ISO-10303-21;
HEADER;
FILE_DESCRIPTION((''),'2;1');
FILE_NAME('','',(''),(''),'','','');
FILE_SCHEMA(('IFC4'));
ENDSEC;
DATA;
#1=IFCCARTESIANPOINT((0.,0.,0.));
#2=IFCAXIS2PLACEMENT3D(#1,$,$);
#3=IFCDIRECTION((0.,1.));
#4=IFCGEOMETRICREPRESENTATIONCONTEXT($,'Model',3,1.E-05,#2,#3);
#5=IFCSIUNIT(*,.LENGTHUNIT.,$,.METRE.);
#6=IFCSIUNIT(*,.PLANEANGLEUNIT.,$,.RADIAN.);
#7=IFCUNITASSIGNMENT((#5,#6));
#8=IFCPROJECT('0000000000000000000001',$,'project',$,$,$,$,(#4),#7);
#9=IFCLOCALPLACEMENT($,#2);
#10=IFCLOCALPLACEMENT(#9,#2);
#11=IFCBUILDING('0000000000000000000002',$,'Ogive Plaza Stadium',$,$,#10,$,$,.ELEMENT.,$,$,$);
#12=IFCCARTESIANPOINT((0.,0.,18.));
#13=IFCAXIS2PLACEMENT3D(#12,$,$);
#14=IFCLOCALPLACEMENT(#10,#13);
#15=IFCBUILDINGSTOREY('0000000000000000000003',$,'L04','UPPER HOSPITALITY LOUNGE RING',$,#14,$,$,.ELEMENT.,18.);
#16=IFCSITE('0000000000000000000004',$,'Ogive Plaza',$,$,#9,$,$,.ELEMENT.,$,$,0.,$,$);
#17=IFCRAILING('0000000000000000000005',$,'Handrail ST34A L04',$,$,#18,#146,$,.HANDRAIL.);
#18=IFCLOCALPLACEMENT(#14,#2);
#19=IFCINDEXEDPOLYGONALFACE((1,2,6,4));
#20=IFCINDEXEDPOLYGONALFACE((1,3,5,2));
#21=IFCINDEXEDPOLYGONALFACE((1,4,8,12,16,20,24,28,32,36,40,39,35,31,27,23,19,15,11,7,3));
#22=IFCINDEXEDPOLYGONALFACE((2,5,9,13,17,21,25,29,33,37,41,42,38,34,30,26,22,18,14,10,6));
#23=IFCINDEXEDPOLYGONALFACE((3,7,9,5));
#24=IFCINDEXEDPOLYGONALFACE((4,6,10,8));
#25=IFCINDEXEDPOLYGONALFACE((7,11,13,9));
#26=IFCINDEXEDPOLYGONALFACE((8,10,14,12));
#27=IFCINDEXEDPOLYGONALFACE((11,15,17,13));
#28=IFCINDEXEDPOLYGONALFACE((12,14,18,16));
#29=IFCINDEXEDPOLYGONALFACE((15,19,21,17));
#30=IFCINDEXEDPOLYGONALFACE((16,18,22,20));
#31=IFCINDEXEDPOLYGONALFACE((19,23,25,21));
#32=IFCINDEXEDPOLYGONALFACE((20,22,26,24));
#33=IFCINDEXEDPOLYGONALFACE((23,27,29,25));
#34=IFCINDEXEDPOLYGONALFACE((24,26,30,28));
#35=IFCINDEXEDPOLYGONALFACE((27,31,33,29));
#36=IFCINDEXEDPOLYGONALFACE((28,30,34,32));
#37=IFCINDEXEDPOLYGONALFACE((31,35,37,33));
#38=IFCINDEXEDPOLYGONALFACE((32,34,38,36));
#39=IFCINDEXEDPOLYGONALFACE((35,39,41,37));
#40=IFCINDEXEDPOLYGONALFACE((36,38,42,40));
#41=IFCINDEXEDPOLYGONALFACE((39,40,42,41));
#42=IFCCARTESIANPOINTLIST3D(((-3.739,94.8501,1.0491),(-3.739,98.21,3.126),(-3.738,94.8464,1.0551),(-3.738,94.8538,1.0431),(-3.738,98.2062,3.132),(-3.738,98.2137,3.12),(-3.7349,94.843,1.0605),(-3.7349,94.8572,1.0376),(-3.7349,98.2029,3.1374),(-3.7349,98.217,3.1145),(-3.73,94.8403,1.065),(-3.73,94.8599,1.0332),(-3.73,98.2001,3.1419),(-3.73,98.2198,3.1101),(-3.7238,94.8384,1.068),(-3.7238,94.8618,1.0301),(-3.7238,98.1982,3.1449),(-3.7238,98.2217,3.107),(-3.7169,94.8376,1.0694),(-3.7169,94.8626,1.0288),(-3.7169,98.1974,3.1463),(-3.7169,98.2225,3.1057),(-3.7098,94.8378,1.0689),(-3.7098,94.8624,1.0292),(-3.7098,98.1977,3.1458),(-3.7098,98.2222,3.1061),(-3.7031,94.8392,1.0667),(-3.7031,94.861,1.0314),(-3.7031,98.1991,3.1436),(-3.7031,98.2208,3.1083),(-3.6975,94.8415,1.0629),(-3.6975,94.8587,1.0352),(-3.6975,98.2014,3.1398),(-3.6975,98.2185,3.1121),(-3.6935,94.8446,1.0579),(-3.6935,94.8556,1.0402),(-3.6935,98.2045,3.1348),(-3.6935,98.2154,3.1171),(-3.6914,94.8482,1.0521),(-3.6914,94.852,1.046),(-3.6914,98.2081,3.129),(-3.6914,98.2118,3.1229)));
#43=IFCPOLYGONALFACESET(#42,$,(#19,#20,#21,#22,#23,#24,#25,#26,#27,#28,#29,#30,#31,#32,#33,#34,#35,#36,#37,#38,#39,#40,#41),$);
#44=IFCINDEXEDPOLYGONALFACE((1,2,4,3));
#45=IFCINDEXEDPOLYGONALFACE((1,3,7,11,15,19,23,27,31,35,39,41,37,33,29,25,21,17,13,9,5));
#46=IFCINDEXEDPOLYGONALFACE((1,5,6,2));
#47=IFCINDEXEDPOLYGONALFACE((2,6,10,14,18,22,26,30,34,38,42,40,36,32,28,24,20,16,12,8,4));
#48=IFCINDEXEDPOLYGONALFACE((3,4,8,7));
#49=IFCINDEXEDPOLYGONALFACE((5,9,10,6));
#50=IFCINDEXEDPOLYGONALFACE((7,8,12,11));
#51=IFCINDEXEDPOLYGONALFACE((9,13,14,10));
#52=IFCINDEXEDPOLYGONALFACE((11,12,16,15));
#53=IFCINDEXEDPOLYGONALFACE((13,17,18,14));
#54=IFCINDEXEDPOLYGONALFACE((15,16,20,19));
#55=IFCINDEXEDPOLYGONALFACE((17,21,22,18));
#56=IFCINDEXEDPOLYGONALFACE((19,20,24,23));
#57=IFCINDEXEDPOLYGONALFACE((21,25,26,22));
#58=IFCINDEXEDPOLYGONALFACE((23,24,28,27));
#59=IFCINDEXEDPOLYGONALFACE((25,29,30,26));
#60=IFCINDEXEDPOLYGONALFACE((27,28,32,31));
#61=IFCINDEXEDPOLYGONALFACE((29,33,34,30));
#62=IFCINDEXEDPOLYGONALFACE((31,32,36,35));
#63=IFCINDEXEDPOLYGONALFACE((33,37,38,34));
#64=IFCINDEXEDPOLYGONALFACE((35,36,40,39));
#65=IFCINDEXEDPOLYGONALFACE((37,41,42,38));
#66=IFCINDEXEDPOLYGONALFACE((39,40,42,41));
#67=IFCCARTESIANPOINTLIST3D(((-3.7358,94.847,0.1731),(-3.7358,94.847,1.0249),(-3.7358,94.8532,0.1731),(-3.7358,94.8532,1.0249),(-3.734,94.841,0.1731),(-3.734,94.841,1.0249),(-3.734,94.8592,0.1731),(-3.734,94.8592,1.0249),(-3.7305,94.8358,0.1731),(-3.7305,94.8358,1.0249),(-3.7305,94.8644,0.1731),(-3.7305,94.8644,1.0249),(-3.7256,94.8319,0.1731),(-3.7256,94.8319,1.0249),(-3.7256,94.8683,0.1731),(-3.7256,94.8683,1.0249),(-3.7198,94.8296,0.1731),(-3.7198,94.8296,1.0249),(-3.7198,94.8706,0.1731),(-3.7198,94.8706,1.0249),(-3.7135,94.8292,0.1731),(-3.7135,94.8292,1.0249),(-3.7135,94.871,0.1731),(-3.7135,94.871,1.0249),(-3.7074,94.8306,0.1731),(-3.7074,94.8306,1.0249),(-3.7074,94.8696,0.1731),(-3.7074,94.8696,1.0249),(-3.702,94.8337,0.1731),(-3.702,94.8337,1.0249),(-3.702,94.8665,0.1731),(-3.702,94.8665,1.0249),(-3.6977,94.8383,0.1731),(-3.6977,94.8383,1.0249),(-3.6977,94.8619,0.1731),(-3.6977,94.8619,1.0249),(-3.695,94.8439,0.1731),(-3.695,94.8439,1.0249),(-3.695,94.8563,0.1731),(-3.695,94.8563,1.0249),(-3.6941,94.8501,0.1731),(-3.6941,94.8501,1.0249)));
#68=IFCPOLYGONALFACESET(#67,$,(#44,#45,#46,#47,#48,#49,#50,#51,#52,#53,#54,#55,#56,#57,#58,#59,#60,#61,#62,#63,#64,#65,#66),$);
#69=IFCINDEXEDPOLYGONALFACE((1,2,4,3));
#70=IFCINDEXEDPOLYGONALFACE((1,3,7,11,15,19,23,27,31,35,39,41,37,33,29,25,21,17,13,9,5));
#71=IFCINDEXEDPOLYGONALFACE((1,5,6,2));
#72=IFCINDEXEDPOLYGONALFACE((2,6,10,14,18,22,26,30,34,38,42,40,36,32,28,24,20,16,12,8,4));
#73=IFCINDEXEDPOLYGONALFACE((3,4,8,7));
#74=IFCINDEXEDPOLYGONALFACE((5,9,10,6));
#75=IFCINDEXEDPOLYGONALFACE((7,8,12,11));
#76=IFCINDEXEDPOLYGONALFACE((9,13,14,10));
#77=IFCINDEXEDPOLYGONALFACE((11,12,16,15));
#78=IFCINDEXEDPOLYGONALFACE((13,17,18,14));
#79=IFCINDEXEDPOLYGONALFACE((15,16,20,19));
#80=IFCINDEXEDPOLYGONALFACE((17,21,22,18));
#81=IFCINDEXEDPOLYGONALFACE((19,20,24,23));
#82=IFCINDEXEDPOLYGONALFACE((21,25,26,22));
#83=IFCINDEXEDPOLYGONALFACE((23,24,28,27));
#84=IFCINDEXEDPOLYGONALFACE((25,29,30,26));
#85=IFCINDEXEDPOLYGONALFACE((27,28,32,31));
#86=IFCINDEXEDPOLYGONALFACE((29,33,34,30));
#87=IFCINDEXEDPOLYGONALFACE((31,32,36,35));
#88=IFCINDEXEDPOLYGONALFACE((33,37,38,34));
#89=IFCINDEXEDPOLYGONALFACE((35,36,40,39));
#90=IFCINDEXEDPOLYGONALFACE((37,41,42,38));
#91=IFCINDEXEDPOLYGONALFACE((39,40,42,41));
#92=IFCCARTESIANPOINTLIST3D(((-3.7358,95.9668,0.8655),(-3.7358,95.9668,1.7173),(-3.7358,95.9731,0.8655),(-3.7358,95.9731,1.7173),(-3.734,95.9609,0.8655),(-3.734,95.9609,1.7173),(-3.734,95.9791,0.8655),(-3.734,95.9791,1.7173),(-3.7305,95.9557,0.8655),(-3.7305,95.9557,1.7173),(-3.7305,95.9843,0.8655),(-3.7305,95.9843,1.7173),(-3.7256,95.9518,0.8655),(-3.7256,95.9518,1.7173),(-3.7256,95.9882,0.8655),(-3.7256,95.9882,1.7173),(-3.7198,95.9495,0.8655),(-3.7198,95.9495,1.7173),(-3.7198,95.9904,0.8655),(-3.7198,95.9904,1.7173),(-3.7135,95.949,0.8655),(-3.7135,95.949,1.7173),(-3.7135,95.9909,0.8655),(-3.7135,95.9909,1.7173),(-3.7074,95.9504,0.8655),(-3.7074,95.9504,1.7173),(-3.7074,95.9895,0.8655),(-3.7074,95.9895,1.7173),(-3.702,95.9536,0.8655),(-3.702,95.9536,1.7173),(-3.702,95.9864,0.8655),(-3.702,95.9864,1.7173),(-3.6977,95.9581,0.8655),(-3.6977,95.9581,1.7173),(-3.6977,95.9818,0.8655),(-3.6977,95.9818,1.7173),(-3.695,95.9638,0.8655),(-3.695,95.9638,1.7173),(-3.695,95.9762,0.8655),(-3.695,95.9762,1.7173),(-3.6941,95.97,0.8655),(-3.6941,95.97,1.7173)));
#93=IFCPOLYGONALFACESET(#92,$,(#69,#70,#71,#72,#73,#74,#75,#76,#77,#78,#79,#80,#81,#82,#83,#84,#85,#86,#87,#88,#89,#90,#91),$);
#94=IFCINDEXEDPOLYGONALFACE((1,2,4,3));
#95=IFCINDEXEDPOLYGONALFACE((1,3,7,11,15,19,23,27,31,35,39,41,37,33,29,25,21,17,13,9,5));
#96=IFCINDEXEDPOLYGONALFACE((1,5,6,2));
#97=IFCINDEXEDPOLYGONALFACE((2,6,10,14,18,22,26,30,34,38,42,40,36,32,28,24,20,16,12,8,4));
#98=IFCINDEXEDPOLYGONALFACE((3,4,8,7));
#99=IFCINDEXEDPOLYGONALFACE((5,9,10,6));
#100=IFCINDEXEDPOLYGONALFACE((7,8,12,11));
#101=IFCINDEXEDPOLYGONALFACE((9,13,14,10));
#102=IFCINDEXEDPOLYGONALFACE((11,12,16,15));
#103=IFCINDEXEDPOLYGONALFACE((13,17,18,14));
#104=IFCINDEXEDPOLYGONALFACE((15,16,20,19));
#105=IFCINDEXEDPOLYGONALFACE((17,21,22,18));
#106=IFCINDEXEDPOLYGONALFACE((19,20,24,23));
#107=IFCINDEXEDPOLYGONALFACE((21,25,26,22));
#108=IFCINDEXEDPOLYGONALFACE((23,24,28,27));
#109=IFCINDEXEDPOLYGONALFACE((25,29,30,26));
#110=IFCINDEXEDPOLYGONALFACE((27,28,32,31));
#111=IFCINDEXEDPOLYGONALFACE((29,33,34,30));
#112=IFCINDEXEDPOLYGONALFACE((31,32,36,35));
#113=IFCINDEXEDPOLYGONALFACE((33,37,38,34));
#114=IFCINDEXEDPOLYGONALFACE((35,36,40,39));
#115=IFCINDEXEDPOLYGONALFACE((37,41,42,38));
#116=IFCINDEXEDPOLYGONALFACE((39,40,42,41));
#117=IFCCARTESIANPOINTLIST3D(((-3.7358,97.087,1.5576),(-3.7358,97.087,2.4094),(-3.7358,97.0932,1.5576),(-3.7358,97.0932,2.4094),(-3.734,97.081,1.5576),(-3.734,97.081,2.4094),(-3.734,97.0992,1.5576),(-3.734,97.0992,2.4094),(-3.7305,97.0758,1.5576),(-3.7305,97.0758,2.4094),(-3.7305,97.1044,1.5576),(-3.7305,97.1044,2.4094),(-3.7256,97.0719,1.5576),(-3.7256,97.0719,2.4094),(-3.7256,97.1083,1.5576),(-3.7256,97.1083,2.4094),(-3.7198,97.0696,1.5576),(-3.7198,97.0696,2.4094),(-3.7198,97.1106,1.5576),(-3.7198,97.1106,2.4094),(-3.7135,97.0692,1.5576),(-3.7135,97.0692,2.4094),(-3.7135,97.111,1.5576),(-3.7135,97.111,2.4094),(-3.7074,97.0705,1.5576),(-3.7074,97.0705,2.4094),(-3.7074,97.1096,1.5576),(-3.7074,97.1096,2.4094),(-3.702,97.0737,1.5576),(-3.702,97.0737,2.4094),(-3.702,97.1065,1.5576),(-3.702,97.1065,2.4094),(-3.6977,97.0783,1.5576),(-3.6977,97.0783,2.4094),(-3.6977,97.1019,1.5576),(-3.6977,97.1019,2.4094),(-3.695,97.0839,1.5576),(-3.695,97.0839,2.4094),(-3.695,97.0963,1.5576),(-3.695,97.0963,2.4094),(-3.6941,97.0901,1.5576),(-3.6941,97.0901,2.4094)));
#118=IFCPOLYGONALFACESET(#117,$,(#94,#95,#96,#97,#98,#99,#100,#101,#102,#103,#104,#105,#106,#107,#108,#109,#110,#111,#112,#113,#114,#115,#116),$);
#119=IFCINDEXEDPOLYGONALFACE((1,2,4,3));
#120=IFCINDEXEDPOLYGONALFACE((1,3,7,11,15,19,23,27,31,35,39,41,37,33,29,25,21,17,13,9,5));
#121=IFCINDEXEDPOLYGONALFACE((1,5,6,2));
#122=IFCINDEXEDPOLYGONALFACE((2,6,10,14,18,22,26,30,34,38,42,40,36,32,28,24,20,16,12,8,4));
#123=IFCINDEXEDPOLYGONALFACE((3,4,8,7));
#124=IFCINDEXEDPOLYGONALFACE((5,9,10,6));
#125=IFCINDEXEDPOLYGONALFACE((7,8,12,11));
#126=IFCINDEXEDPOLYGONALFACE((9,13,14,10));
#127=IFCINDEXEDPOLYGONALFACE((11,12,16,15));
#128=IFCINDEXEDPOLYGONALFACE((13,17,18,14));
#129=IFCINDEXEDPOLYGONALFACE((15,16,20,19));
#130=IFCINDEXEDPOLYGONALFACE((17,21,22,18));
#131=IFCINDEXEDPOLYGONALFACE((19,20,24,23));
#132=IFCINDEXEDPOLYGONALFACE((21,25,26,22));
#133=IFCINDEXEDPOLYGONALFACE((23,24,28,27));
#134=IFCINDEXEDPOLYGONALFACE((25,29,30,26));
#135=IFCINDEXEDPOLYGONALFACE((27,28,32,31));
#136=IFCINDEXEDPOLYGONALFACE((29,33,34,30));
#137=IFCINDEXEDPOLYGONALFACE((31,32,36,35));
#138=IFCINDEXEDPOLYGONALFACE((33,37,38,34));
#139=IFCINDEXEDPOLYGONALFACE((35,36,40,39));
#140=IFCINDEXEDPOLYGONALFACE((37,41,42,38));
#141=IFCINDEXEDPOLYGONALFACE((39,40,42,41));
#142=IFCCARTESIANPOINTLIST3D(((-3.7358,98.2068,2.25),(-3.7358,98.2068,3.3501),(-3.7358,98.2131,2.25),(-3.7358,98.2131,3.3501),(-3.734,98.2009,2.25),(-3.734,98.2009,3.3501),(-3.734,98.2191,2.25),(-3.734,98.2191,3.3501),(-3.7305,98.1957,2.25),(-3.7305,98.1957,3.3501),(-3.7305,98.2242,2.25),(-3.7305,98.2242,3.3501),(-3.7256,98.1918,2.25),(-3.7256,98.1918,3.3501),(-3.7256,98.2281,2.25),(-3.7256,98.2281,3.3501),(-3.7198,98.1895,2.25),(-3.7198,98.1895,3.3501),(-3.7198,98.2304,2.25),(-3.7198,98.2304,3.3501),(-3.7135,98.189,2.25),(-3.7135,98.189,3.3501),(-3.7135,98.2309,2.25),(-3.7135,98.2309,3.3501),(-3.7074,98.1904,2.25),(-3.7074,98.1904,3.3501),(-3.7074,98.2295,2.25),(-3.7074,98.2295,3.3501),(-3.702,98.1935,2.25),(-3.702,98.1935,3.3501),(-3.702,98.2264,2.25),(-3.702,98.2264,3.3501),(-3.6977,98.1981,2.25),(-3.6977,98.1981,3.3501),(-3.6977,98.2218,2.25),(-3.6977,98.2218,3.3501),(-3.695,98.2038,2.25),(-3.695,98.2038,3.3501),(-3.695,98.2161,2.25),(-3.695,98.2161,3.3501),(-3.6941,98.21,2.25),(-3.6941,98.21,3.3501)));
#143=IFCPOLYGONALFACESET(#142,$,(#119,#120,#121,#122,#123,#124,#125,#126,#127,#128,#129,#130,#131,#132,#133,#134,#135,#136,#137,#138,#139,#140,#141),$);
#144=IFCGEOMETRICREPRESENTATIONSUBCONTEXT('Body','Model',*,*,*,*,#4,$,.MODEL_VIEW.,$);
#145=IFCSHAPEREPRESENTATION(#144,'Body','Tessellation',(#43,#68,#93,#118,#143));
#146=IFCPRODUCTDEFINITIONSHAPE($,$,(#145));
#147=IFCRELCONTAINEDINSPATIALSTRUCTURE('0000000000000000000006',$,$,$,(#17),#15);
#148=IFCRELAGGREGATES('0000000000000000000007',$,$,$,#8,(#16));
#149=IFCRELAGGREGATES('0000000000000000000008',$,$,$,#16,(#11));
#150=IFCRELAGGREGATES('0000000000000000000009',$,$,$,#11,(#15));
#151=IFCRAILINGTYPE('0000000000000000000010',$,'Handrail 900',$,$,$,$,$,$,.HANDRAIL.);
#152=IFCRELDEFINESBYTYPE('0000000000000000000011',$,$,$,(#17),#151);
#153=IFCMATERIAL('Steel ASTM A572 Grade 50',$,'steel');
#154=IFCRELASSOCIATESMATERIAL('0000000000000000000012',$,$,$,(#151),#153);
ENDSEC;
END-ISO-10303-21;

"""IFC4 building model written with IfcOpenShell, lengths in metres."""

from ifc_helpers import new_model, si_unit, direction, frame, origin, origin_2d, place, context, subcontext, project, spatial, circle, extrude, material, type_object, element, save


model = new_model("IFC4")

# Units and contexts
model_context = context("Model", 3, precision=1e-05, world=origin(), true_north=direction((0.0, 1.0)))
body_context = subcontext(model_context, "Body", "Model", "MODEL_VIEW")
ifc_project = project(units=[si_unit("LENGTHUNIT", "METRE"), si_unit("PLANEANGLEUNIT", "RADIAN")], contexts=[model_context])

# Site, building, storey
site_placement = place(None, origin())
site = spatial("IfcSite", under=ifc_project, at=site_placement, Name="Ogive Plaza", CompositionType="ELEMENT", RefElevation=0.0)
building_placement = place(site_placement, origin())
building = spatial("IfcBuilding", under=site, at=building_placement, Name="Ogive Plaza Stadium", CompositionType="ELEMENT")
storey_placement = place(building_placement, frame((0.0, 0.0, 18.0)))
storey = spatial("IfcBuildingStorey", under=building, at=storey_placement, Name="L04", Description="UPPER HOSPITALITY LOUNGE RING", CompositionType="ELEMENT", Elevation=18.0)

# Railing
ifc_material_1 = material(Name="Steel ASTM A572 Grade 50", Category="steel")
railing_type_1 = type_object("IfcRailingType", Name="Handrail 900", PredefinedType="HANDRAIL", material=ifc_material_1)
for number, where, name in (
    (1, (-3.7151, 94.8501, 0.1731), "Handrail ST34A L04"),
):
    element("IfcRailing", number, at=place(storey_placement, frame(where)), inside=storey, type_object=railing_type_1, Name=name, PredefinedType="HANDRAIL", context=body_context, shape_type="SweptSolid", body=[
        extrude(circle(Radius=0.0239, at=origin_2d()), frame((0.0, 0.0, 0.876), z_axis=(0.0, 0.850606, 0.525803), x_axis=(-1.0, 0.0, 0.0)), (0.0, 0.0, 1.0), 3.95),
        extrude(circle(Radius=0.021, at=origin_2d()), origin(), (0.0, 0.0, 1.0), 0.8518),
        extrude(circle(Radius=0.021, at=origin_2d()), frame((0.0, 1.1199, 0.6924)), (0.0, 0.0, 1.0), 0.8518),
        extrude(circle(Radius=0.021, at=origin_2d()), frame((0.0, 2.24, 1.3845)), (0.0, 0.0, 1.0), 0.8518),
        extrude(circle(Radius=0.021, at=origin_2d()), frame((0.0, 3.3599, 2.0769)), (0.0, 0.0, 1.0), 1.1001),
    ])

save(model, "model.ifc")
